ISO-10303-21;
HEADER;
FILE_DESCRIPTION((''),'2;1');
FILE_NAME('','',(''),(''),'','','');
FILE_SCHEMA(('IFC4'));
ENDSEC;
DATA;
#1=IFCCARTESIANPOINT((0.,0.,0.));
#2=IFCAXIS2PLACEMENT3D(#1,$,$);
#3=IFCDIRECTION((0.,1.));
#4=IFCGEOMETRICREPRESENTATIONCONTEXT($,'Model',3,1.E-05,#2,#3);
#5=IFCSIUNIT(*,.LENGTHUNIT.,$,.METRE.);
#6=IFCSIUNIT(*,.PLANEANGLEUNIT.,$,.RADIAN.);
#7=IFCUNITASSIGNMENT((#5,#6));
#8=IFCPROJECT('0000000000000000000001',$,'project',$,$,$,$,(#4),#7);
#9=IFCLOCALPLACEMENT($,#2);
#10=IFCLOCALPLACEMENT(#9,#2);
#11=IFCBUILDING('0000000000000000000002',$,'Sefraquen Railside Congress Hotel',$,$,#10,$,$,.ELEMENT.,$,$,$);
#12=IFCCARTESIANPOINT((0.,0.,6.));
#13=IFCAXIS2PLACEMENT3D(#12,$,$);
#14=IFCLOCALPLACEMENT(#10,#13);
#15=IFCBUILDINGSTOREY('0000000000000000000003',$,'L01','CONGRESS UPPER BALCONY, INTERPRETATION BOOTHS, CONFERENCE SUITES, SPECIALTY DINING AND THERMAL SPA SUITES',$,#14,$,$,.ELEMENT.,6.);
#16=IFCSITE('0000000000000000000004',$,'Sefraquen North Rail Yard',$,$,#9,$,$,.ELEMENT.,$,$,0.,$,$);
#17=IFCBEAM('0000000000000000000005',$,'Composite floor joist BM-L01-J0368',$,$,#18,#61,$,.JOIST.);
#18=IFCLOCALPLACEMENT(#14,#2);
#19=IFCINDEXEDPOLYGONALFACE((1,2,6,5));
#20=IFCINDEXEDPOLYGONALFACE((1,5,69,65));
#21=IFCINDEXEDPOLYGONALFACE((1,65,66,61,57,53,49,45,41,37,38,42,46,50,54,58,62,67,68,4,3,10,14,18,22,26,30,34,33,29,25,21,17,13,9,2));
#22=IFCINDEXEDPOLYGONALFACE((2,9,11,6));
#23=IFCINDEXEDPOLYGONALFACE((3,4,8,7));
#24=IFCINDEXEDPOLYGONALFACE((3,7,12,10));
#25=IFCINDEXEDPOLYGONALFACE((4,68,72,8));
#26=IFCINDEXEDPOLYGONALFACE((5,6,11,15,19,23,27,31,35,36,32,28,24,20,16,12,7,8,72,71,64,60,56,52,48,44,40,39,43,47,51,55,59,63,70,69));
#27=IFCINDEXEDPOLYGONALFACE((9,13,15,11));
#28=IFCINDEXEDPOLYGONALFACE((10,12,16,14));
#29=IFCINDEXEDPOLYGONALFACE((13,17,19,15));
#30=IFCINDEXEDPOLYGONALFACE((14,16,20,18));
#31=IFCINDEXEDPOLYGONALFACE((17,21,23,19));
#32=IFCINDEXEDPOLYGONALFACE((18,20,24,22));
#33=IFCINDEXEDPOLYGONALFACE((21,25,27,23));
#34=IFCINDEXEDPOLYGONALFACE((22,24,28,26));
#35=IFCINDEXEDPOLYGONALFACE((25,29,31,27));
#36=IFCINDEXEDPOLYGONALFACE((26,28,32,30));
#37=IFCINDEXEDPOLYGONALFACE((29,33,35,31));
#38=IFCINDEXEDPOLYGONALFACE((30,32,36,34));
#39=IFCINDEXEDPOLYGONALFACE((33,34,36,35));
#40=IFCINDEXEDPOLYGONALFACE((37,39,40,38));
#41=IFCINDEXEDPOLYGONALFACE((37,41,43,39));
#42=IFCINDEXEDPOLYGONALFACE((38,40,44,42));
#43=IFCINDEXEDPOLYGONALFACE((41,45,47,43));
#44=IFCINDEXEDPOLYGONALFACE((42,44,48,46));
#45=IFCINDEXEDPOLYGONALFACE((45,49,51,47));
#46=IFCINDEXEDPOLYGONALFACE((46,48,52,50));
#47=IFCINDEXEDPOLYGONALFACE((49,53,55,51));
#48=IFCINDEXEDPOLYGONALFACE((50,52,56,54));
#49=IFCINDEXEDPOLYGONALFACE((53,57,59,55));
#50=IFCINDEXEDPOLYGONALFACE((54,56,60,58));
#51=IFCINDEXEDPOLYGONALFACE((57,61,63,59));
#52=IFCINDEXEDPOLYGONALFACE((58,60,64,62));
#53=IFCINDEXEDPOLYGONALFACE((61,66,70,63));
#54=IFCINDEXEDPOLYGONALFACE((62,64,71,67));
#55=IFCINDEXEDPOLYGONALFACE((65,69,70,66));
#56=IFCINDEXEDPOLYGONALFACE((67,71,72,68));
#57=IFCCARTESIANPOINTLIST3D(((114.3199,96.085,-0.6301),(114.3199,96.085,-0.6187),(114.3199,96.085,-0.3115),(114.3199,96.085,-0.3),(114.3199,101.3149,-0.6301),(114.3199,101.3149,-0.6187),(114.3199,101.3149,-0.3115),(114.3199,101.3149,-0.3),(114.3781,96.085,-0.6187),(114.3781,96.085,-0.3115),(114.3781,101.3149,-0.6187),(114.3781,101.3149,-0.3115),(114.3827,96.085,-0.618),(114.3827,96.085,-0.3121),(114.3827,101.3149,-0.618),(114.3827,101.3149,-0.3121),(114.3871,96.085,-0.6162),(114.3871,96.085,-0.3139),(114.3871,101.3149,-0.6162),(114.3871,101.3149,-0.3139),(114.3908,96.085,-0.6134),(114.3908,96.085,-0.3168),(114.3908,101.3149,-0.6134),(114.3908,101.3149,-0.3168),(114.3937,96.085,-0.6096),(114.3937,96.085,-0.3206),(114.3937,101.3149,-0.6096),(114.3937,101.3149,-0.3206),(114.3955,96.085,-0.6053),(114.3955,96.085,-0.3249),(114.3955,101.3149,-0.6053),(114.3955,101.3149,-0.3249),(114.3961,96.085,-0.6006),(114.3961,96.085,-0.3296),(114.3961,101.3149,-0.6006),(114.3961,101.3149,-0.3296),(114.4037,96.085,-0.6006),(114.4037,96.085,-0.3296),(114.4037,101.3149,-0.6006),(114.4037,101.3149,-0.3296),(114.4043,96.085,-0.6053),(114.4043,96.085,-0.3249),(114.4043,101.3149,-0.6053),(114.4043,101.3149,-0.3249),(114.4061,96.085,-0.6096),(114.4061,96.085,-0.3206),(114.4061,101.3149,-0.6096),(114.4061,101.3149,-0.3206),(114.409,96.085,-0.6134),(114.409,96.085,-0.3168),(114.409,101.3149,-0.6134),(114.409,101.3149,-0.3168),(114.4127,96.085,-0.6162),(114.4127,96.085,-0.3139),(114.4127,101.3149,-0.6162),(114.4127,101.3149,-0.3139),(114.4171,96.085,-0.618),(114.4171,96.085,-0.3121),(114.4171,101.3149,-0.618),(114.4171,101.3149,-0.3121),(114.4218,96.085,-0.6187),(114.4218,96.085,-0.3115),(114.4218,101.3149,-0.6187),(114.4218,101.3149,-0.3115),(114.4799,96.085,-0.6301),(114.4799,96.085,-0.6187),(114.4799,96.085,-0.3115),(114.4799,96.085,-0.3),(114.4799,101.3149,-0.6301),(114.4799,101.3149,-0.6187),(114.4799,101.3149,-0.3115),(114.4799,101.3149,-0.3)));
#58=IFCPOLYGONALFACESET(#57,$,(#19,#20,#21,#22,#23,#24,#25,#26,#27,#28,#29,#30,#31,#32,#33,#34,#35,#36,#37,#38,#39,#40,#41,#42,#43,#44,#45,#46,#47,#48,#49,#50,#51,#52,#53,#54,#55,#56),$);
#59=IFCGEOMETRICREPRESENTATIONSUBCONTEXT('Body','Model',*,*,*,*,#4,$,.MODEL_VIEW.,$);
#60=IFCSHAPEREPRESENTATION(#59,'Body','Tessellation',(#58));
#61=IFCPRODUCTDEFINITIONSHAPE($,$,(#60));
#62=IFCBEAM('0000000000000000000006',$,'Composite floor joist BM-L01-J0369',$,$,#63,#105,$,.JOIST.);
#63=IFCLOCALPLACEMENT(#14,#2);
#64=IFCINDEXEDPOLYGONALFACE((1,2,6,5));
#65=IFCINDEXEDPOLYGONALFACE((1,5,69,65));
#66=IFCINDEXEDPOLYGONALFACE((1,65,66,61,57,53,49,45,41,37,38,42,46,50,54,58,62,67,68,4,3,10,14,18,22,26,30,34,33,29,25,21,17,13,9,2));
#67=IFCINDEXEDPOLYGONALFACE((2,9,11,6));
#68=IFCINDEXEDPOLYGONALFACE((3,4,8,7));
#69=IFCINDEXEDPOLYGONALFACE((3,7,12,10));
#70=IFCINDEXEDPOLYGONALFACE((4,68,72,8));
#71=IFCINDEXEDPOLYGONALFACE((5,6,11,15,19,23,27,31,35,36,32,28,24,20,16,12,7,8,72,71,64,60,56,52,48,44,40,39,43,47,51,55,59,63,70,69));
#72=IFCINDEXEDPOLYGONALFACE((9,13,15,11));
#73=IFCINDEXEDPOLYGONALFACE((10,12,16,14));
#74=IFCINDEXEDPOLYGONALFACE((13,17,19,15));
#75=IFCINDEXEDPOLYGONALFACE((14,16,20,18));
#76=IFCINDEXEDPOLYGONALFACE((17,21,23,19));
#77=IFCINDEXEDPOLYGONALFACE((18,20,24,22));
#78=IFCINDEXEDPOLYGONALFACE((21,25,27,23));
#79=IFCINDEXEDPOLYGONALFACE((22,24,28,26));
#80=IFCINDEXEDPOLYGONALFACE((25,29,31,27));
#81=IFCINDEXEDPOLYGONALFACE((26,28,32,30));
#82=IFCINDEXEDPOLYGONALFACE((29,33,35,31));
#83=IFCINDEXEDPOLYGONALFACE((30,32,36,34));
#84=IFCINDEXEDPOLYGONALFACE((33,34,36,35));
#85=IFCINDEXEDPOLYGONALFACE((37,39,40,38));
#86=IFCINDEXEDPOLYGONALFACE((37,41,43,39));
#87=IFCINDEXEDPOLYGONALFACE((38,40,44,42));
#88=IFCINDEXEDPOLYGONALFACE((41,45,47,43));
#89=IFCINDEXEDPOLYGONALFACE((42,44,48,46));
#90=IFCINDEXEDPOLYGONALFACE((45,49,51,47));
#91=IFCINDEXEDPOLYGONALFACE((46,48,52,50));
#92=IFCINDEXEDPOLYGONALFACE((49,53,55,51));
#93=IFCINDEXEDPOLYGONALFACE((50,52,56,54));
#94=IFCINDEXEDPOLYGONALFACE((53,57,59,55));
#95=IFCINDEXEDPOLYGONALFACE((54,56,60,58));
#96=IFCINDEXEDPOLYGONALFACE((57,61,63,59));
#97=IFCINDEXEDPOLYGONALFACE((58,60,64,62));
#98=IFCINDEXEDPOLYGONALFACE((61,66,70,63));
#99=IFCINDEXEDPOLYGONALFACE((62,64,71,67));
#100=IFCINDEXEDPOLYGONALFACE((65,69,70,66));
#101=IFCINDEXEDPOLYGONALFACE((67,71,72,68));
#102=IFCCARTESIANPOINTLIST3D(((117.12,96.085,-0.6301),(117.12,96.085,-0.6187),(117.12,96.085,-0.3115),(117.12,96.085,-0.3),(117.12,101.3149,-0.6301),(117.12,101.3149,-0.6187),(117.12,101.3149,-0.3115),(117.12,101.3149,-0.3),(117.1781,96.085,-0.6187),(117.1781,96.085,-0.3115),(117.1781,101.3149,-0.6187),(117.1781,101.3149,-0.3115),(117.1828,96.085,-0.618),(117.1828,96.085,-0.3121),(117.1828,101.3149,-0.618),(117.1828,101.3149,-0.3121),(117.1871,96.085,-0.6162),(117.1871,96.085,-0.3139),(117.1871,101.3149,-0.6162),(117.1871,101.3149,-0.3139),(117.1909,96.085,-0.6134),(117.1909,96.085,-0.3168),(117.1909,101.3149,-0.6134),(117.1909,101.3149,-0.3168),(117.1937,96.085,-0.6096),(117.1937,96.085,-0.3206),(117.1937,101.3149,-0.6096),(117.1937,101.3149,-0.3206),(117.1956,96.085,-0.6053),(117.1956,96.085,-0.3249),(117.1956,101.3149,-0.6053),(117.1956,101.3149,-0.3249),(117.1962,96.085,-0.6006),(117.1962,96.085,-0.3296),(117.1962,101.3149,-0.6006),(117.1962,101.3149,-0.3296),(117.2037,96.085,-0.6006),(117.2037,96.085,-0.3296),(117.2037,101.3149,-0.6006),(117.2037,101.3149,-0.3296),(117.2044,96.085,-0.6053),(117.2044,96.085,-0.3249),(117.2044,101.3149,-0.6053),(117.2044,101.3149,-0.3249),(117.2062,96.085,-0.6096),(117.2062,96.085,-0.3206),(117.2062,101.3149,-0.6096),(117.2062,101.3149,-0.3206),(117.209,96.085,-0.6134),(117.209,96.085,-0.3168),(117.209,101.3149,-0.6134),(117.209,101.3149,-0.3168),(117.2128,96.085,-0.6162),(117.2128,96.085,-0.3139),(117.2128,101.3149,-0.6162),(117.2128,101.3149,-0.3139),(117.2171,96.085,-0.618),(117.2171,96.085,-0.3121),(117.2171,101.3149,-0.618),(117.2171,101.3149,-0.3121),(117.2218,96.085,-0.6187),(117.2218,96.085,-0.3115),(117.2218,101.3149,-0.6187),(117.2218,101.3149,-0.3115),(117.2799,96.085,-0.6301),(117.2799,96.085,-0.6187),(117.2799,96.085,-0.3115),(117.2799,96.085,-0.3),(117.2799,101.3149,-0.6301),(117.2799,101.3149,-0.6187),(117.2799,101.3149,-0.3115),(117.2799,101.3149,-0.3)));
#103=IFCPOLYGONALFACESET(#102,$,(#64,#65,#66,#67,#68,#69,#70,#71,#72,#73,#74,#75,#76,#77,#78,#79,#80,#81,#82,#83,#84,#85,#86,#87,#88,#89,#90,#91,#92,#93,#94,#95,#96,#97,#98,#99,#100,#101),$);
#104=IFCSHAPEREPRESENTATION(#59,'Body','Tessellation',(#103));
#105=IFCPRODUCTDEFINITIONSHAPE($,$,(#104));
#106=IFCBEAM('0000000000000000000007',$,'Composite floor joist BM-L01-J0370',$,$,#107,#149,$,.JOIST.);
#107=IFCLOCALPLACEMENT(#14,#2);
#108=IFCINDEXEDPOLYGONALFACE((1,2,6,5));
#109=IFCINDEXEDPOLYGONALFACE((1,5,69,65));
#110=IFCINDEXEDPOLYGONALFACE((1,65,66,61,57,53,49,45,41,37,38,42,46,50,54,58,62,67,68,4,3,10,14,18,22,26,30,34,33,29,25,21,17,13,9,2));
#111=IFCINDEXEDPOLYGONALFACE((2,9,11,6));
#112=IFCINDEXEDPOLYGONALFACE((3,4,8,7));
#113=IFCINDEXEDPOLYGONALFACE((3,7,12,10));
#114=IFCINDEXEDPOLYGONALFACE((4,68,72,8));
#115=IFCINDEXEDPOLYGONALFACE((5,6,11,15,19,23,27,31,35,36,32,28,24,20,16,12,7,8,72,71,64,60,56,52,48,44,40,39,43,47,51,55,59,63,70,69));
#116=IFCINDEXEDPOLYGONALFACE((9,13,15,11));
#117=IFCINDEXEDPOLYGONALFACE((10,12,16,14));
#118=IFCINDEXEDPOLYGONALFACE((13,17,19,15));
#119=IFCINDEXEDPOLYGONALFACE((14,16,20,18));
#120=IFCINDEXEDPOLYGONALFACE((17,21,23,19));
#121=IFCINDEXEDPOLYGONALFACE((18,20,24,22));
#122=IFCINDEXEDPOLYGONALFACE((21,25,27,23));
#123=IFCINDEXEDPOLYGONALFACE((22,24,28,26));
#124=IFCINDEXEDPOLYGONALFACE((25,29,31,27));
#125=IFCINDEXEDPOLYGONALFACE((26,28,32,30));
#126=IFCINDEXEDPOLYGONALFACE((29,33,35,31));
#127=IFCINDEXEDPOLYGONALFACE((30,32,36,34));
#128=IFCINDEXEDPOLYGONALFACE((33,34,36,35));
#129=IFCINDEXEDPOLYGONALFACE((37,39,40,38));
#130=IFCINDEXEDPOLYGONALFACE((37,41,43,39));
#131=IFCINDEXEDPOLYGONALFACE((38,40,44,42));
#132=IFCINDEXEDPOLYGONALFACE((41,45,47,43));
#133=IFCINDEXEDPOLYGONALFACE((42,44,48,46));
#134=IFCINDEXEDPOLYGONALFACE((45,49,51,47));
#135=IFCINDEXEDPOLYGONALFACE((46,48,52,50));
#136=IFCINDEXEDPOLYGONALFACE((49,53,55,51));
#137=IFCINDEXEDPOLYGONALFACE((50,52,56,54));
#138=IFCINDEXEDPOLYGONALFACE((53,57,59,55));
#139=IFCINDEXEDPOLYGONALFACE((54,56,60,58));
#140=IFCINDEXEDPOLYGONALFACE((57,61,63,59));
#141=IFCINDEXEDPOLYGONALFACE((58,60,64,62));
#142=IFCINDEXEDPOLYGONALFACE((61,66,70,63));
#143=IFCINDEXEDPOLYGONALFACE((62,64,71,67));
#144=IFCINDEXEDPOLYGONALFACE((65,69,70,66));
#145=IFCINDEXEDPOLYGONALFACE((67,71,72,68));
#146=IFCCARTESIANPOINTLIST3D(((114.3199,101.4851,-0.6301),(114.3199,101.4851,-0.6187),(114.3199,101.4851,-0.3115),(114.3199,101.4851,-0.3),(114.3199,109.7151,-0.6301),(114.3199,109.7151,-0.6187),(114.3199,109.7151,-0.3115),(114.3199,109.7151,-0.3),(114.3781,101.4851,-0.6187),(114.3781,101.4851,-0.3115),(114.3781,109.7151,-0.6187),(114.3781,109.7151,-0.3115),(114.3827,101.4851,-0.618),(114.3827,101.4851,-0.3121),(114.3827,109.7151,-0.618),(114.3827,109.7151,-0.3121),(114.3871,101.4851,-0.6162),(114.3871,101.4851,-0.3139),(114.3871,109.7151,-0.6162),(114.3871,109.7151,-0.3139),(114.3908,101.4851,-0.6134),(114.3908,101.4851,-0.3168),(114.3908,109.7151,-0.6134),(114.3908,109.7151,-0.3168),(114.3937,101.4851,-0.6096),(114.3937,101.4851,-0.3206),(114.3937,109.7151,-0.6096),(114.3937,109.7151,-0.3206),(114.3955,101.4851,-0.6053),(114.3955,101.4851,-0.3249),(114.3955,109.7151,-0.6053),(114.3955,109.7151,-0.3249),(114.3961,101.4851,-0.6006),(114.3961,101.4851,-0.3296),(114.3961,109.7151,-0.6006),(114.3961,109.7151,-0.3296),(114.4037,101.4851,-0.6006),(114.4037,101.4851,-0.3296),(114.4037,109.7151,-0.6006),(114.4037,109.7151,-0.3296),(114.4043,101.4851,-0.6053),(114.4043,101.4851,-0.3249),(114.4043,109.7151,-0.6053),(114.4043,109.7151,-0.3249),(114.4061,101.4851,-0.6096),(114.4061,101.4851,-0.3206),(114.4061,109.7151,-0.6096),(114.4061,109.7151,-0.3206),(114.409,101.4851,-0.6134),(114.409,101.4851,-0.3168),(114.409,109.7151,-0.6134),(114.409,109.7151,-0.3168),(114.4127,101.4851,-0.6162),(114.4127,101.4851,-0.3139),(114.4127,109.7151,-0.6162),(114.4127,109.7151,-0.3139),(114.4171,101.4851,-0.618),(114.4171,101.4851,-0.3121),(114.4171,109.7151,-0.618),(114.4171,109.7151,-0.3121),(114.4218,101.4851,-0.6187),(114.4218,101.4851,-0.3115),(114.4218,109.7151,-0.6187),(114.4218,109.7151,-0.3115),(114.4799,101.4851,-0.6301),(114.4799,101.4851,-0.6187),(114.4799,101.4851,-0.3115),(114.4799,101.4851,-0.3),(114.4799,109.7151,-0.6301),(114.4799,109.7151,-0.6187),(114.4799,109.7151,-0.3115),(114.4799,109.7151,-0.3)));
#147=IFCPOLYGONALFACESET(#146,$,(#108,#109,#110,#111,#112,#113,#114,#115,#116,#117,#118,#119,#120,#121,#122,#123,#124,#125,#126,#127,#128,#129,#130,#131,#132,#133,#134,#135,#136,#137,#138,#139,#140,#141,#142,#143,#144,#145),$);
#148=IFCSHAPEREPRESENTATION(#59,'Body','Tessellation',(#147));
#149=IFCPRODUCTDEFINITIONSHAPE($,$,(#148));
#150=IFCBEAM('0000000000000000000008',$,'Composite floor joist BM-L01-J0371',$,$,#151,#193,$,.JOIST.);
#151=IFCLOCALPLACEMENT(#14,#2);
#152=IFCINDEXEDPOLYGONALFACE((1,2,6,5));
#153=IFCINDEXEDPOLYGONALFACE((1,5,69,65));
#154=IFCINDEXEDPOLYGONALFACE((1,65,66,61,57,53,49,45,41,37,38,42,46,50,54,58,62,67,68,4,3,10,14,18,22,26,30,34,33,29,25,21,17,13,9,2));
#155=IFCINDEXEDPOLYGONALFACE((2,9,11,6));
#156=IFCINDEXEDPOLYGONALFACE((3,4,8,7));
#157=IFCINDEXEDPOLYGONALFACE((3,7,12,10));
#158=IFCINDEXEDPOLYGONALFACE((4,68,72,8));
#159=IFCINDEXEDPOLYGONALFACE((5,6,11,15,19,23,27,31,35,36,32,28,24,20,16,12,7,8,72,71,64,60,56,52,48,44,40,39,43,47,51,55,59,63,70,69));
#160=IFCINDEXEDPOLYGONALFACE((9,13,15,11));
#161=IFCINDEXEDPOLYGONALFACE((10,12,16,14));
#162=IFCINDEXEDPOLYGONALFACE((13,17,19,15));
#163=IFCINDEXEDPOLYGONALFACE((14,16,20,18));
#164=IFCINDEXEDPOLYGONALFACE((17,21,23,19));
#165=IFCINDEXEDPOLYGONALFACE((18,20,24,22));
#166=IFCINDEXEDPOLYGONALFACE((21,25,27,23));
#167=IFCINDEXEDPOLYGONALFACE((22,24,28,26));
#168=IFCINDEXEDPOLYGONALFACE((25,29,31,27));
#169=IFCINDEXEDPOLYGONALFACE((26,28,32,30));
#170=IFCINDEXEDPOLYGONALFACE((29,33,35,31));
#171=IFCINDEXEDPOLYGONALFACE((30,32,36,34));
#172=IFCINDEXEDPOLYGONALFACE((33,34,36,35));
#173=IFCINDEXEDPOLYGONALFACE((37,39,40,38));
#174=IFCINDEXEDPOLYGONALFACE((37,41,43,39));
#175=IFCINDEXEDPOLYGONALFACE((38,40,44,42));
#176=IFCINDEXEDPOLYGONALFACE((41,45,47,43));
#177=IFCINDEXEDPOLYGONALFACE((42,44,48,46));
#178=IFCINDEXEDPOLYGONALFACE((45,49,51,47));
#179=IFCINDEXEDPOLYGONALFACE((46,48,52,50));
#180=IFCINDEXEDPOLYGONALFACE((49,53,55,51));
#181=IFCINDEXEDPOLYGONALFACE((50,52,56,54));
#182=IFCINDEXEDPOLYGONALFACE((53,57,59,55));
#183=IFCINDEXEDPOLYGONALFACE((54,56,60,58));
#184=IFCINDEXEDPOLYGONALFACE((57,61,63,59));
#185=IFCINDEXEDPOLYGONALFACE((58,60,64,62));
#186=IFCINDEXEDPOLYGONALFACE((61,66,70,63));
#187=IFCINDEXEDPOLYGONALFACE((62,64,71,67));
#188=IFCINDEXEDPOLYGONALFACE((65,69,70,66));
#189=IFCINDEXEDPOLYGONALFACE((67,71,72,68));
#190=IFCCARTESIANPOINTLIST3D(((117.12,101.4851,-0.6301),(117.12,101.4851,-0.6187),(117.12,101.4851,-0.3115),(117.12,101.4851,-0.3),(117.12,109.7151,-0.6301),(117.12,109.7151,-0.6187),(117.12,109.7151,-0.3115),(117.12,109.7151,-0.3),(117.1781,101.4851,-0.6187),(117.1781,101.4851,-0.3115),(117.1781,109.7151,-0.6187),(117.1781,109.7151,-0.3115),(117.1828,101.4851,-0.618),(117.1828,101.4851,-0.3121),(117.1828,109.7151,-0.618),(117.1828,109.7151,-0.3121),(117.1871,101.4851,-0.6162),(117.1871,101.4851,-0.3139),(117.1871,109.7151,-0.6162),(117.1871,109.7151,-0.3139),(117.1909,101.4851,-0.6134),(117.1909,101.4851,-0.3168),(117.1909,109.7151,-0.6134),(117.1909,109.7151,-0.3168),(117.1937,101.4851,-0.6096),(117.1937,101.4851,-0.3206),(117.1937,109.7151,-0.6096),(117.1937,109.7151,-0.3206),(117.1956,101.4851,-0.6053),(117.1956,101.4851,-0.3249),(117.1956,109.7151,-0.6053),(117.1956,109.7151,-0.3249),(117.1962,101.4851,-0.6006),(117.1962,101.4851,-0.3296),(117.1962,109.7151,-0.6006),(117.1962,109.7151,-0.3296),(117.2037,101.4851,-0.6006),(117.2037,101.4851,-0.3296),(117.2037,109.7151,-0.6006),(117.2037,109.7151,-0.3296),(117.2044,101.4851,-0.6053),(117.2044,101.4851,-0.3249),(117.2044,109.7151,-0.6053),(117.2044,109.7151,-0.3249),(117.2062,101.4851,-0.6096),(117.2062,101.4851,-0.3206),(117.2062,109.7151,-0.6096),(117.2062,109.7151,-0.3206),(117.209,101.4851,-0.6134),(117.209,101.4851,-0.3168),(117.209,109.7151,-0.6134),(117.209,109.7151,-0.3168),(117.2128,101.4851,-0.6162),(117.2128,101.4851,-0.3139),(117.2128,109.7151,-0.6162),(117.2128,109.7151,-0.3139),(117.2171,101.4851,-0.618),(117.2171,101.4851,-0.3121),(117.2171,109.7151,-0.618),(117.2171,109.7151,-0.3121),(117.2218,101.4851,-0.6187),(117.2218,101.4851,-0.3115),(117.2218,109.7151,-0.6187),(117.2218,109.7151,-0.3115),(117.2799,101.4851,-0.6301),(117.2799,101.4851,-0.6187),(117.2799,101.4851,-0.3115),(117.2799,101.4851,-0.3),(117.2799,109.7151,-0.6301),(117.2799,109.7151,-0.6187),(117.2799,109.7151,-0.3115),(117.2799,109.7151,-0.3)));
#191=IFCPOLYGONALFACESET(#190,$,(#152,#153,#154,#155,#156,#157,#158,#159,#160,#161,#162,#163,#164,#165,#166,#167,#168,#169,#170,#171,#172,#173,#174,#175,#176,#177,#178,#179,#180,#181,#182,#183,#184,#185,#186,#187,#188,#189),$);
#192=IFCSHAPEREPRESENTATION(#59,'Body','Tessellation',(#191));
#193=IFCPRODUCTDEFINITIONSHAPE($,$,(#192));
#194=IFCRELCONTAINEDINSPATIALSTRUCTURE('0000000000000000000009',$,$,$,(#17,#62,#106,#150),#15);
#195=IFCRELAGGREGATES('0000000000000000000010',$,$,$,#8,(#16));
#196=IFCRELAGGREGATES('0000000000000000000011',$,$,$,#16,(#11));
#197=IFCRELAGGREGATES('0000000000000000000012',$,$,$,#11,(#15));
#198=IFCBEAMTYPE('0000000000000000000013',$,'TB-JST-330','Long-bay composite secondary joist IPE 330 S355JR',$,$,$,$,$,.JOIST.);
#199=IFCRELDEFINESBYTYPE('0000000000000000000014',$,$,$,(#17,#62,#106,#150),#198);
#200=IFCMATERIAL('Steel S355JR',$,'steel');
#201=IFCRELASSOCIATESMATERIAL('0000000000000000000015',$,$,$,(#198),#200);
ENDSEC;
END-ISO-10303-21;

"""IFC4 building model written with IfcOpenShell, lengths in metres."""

from ifc_helpers import new_model, si_unit, direction, frame, origin, origin_2d, place, context, subcontext, project, spatial, i_section, extrude, material, material_profile, profile_set, type_object, element, save


model = new_model("IFC4")

# Units and contexts
model_context = context("Model", 3, precision=1e-05, world=origin(), true_north=direction((0.0, 1.0)))
body_context = subcontext(model_context, "Body", "Model", "MODEL_VIEW")
ifc_project = project(units=[si_unit("LENGTHUNIT", "METRE"), si_unit("PLANEANGLEUNIT", "RADIAN")], contexts=[model_context])

# Site, building, storey
site_placement = place(None, origin())
site = spatial("IfcSite", under=ifc_project, at=site_placement, Name="Sefraquen North Rail Yard", CompositionType="ELEMENT", RefElevation=0.0)
building_placement = place(site_placement, origin())
building = spatial("IfcBuilding", under=site, at=building_placement, Name="Sefraquen Railside Congress Hotel", CompositionType="ELEMENT")
storey_placement = place(building_placement, frame((0.0, 0.0, 6.0)))
storey = spatial("IfcBuildingStorey", under=building, at=storey_placement, Name="L01", Description="CONGRESS UPPER BALCONY, INTERPRETATION BOOTHS, CONFERENCE SUITES, SPECIALTY DINING AND THERMAL SPA SUITES", CompositionType="ELEMENT", Elevation=6.0)

# Shared definitions
ifc_material_1 = material(Name="Steel S355JR", Category="steel")

# Beams
ifc_material_profile_1 = material_profile(ifc_material_1, i_section(OverallWidth=0.1599, OverallDepth=0.3301, WebThickness=0.0076, FlangeThickness=0.0115, FilletRadius=0.0181, at=origin_2d()), Name="IPE 330")
ifc_profile_set_1 = profile_set([ifc_material_profile_1], Name="Steel S355JR")
beam_type_1 = type_object("IfcBeamType", Name="TB-JST-330", Description="Long-bay composite secondary joist IPE 330 S355JR", PredefinedType="JOIST", material=ifc_profile_set_1)
for number, where, z_axis, x_axis, name in (
    (1, (114.3999, 96.085, -0.4651), (0.0, 1.0, 0.0), (-1.0, 0.0, 0.0), "Composite floor joist BM-L01-J0368"),
    (2, (117.2, 96.085, -0.4651), (0.0, 1.0, 0.0), (-1.0, 0.0, 0.0), "Composite floor joist BM-L01-J0369"),
):
    element("IfcBeam", number, at=place(storey_placement, frame(where, z_axis=z_axis, x_axis=x_axis)), inside=storey, type_object=beam_type_1, Name=name, PredefinedType="JOIST", context=body_context, shape_type="SweptSolid", body=[
        extrude(i_section(OverallWidth=0.1599, OverallDepth=0.3301, WebThickness=0.0076, FlangeThickness=0.0115, FilletRadius=0.0181, at=origin_2d()), origin(), (0.0, 0.0, 1.0), 5.23),
    ])
for number, where, z_axis, x_axis, name in (
    (3, (114.3999, 101.4851, -0.4651), (0.0, 1.0, 0.0), (-1.0, 0.0, 0.0), "Composite floor joist BM-L01-J0370"),
    (4, (117.2, 101.4851, -0.4651), (0.0, 1.0, 0.0), (-1.0, 0.0, 0.0), "Composite floor joist BM-L01-J0371"),
):
    element("IfcBeam", number, at=place(storey_placement, frame(where, z_axis=z_axis, x_axis=x_axis)), inside=storey, type_object=beam_type_1, Name=name, PredefinedType="JOIST", context=body_context, shape_type="SweptSolid", body=[
        extrude(i_section(OverallWidth=0.1599, OverallDepth=0.3301, WebThickness=0.0076, FlangeThickness=0.0115, FilletRadius=0.0181, at=origin_2d()), origin(), (0.0, 0.0, 1.0), 8.23),
    ])

save(model, "model.ifc")
